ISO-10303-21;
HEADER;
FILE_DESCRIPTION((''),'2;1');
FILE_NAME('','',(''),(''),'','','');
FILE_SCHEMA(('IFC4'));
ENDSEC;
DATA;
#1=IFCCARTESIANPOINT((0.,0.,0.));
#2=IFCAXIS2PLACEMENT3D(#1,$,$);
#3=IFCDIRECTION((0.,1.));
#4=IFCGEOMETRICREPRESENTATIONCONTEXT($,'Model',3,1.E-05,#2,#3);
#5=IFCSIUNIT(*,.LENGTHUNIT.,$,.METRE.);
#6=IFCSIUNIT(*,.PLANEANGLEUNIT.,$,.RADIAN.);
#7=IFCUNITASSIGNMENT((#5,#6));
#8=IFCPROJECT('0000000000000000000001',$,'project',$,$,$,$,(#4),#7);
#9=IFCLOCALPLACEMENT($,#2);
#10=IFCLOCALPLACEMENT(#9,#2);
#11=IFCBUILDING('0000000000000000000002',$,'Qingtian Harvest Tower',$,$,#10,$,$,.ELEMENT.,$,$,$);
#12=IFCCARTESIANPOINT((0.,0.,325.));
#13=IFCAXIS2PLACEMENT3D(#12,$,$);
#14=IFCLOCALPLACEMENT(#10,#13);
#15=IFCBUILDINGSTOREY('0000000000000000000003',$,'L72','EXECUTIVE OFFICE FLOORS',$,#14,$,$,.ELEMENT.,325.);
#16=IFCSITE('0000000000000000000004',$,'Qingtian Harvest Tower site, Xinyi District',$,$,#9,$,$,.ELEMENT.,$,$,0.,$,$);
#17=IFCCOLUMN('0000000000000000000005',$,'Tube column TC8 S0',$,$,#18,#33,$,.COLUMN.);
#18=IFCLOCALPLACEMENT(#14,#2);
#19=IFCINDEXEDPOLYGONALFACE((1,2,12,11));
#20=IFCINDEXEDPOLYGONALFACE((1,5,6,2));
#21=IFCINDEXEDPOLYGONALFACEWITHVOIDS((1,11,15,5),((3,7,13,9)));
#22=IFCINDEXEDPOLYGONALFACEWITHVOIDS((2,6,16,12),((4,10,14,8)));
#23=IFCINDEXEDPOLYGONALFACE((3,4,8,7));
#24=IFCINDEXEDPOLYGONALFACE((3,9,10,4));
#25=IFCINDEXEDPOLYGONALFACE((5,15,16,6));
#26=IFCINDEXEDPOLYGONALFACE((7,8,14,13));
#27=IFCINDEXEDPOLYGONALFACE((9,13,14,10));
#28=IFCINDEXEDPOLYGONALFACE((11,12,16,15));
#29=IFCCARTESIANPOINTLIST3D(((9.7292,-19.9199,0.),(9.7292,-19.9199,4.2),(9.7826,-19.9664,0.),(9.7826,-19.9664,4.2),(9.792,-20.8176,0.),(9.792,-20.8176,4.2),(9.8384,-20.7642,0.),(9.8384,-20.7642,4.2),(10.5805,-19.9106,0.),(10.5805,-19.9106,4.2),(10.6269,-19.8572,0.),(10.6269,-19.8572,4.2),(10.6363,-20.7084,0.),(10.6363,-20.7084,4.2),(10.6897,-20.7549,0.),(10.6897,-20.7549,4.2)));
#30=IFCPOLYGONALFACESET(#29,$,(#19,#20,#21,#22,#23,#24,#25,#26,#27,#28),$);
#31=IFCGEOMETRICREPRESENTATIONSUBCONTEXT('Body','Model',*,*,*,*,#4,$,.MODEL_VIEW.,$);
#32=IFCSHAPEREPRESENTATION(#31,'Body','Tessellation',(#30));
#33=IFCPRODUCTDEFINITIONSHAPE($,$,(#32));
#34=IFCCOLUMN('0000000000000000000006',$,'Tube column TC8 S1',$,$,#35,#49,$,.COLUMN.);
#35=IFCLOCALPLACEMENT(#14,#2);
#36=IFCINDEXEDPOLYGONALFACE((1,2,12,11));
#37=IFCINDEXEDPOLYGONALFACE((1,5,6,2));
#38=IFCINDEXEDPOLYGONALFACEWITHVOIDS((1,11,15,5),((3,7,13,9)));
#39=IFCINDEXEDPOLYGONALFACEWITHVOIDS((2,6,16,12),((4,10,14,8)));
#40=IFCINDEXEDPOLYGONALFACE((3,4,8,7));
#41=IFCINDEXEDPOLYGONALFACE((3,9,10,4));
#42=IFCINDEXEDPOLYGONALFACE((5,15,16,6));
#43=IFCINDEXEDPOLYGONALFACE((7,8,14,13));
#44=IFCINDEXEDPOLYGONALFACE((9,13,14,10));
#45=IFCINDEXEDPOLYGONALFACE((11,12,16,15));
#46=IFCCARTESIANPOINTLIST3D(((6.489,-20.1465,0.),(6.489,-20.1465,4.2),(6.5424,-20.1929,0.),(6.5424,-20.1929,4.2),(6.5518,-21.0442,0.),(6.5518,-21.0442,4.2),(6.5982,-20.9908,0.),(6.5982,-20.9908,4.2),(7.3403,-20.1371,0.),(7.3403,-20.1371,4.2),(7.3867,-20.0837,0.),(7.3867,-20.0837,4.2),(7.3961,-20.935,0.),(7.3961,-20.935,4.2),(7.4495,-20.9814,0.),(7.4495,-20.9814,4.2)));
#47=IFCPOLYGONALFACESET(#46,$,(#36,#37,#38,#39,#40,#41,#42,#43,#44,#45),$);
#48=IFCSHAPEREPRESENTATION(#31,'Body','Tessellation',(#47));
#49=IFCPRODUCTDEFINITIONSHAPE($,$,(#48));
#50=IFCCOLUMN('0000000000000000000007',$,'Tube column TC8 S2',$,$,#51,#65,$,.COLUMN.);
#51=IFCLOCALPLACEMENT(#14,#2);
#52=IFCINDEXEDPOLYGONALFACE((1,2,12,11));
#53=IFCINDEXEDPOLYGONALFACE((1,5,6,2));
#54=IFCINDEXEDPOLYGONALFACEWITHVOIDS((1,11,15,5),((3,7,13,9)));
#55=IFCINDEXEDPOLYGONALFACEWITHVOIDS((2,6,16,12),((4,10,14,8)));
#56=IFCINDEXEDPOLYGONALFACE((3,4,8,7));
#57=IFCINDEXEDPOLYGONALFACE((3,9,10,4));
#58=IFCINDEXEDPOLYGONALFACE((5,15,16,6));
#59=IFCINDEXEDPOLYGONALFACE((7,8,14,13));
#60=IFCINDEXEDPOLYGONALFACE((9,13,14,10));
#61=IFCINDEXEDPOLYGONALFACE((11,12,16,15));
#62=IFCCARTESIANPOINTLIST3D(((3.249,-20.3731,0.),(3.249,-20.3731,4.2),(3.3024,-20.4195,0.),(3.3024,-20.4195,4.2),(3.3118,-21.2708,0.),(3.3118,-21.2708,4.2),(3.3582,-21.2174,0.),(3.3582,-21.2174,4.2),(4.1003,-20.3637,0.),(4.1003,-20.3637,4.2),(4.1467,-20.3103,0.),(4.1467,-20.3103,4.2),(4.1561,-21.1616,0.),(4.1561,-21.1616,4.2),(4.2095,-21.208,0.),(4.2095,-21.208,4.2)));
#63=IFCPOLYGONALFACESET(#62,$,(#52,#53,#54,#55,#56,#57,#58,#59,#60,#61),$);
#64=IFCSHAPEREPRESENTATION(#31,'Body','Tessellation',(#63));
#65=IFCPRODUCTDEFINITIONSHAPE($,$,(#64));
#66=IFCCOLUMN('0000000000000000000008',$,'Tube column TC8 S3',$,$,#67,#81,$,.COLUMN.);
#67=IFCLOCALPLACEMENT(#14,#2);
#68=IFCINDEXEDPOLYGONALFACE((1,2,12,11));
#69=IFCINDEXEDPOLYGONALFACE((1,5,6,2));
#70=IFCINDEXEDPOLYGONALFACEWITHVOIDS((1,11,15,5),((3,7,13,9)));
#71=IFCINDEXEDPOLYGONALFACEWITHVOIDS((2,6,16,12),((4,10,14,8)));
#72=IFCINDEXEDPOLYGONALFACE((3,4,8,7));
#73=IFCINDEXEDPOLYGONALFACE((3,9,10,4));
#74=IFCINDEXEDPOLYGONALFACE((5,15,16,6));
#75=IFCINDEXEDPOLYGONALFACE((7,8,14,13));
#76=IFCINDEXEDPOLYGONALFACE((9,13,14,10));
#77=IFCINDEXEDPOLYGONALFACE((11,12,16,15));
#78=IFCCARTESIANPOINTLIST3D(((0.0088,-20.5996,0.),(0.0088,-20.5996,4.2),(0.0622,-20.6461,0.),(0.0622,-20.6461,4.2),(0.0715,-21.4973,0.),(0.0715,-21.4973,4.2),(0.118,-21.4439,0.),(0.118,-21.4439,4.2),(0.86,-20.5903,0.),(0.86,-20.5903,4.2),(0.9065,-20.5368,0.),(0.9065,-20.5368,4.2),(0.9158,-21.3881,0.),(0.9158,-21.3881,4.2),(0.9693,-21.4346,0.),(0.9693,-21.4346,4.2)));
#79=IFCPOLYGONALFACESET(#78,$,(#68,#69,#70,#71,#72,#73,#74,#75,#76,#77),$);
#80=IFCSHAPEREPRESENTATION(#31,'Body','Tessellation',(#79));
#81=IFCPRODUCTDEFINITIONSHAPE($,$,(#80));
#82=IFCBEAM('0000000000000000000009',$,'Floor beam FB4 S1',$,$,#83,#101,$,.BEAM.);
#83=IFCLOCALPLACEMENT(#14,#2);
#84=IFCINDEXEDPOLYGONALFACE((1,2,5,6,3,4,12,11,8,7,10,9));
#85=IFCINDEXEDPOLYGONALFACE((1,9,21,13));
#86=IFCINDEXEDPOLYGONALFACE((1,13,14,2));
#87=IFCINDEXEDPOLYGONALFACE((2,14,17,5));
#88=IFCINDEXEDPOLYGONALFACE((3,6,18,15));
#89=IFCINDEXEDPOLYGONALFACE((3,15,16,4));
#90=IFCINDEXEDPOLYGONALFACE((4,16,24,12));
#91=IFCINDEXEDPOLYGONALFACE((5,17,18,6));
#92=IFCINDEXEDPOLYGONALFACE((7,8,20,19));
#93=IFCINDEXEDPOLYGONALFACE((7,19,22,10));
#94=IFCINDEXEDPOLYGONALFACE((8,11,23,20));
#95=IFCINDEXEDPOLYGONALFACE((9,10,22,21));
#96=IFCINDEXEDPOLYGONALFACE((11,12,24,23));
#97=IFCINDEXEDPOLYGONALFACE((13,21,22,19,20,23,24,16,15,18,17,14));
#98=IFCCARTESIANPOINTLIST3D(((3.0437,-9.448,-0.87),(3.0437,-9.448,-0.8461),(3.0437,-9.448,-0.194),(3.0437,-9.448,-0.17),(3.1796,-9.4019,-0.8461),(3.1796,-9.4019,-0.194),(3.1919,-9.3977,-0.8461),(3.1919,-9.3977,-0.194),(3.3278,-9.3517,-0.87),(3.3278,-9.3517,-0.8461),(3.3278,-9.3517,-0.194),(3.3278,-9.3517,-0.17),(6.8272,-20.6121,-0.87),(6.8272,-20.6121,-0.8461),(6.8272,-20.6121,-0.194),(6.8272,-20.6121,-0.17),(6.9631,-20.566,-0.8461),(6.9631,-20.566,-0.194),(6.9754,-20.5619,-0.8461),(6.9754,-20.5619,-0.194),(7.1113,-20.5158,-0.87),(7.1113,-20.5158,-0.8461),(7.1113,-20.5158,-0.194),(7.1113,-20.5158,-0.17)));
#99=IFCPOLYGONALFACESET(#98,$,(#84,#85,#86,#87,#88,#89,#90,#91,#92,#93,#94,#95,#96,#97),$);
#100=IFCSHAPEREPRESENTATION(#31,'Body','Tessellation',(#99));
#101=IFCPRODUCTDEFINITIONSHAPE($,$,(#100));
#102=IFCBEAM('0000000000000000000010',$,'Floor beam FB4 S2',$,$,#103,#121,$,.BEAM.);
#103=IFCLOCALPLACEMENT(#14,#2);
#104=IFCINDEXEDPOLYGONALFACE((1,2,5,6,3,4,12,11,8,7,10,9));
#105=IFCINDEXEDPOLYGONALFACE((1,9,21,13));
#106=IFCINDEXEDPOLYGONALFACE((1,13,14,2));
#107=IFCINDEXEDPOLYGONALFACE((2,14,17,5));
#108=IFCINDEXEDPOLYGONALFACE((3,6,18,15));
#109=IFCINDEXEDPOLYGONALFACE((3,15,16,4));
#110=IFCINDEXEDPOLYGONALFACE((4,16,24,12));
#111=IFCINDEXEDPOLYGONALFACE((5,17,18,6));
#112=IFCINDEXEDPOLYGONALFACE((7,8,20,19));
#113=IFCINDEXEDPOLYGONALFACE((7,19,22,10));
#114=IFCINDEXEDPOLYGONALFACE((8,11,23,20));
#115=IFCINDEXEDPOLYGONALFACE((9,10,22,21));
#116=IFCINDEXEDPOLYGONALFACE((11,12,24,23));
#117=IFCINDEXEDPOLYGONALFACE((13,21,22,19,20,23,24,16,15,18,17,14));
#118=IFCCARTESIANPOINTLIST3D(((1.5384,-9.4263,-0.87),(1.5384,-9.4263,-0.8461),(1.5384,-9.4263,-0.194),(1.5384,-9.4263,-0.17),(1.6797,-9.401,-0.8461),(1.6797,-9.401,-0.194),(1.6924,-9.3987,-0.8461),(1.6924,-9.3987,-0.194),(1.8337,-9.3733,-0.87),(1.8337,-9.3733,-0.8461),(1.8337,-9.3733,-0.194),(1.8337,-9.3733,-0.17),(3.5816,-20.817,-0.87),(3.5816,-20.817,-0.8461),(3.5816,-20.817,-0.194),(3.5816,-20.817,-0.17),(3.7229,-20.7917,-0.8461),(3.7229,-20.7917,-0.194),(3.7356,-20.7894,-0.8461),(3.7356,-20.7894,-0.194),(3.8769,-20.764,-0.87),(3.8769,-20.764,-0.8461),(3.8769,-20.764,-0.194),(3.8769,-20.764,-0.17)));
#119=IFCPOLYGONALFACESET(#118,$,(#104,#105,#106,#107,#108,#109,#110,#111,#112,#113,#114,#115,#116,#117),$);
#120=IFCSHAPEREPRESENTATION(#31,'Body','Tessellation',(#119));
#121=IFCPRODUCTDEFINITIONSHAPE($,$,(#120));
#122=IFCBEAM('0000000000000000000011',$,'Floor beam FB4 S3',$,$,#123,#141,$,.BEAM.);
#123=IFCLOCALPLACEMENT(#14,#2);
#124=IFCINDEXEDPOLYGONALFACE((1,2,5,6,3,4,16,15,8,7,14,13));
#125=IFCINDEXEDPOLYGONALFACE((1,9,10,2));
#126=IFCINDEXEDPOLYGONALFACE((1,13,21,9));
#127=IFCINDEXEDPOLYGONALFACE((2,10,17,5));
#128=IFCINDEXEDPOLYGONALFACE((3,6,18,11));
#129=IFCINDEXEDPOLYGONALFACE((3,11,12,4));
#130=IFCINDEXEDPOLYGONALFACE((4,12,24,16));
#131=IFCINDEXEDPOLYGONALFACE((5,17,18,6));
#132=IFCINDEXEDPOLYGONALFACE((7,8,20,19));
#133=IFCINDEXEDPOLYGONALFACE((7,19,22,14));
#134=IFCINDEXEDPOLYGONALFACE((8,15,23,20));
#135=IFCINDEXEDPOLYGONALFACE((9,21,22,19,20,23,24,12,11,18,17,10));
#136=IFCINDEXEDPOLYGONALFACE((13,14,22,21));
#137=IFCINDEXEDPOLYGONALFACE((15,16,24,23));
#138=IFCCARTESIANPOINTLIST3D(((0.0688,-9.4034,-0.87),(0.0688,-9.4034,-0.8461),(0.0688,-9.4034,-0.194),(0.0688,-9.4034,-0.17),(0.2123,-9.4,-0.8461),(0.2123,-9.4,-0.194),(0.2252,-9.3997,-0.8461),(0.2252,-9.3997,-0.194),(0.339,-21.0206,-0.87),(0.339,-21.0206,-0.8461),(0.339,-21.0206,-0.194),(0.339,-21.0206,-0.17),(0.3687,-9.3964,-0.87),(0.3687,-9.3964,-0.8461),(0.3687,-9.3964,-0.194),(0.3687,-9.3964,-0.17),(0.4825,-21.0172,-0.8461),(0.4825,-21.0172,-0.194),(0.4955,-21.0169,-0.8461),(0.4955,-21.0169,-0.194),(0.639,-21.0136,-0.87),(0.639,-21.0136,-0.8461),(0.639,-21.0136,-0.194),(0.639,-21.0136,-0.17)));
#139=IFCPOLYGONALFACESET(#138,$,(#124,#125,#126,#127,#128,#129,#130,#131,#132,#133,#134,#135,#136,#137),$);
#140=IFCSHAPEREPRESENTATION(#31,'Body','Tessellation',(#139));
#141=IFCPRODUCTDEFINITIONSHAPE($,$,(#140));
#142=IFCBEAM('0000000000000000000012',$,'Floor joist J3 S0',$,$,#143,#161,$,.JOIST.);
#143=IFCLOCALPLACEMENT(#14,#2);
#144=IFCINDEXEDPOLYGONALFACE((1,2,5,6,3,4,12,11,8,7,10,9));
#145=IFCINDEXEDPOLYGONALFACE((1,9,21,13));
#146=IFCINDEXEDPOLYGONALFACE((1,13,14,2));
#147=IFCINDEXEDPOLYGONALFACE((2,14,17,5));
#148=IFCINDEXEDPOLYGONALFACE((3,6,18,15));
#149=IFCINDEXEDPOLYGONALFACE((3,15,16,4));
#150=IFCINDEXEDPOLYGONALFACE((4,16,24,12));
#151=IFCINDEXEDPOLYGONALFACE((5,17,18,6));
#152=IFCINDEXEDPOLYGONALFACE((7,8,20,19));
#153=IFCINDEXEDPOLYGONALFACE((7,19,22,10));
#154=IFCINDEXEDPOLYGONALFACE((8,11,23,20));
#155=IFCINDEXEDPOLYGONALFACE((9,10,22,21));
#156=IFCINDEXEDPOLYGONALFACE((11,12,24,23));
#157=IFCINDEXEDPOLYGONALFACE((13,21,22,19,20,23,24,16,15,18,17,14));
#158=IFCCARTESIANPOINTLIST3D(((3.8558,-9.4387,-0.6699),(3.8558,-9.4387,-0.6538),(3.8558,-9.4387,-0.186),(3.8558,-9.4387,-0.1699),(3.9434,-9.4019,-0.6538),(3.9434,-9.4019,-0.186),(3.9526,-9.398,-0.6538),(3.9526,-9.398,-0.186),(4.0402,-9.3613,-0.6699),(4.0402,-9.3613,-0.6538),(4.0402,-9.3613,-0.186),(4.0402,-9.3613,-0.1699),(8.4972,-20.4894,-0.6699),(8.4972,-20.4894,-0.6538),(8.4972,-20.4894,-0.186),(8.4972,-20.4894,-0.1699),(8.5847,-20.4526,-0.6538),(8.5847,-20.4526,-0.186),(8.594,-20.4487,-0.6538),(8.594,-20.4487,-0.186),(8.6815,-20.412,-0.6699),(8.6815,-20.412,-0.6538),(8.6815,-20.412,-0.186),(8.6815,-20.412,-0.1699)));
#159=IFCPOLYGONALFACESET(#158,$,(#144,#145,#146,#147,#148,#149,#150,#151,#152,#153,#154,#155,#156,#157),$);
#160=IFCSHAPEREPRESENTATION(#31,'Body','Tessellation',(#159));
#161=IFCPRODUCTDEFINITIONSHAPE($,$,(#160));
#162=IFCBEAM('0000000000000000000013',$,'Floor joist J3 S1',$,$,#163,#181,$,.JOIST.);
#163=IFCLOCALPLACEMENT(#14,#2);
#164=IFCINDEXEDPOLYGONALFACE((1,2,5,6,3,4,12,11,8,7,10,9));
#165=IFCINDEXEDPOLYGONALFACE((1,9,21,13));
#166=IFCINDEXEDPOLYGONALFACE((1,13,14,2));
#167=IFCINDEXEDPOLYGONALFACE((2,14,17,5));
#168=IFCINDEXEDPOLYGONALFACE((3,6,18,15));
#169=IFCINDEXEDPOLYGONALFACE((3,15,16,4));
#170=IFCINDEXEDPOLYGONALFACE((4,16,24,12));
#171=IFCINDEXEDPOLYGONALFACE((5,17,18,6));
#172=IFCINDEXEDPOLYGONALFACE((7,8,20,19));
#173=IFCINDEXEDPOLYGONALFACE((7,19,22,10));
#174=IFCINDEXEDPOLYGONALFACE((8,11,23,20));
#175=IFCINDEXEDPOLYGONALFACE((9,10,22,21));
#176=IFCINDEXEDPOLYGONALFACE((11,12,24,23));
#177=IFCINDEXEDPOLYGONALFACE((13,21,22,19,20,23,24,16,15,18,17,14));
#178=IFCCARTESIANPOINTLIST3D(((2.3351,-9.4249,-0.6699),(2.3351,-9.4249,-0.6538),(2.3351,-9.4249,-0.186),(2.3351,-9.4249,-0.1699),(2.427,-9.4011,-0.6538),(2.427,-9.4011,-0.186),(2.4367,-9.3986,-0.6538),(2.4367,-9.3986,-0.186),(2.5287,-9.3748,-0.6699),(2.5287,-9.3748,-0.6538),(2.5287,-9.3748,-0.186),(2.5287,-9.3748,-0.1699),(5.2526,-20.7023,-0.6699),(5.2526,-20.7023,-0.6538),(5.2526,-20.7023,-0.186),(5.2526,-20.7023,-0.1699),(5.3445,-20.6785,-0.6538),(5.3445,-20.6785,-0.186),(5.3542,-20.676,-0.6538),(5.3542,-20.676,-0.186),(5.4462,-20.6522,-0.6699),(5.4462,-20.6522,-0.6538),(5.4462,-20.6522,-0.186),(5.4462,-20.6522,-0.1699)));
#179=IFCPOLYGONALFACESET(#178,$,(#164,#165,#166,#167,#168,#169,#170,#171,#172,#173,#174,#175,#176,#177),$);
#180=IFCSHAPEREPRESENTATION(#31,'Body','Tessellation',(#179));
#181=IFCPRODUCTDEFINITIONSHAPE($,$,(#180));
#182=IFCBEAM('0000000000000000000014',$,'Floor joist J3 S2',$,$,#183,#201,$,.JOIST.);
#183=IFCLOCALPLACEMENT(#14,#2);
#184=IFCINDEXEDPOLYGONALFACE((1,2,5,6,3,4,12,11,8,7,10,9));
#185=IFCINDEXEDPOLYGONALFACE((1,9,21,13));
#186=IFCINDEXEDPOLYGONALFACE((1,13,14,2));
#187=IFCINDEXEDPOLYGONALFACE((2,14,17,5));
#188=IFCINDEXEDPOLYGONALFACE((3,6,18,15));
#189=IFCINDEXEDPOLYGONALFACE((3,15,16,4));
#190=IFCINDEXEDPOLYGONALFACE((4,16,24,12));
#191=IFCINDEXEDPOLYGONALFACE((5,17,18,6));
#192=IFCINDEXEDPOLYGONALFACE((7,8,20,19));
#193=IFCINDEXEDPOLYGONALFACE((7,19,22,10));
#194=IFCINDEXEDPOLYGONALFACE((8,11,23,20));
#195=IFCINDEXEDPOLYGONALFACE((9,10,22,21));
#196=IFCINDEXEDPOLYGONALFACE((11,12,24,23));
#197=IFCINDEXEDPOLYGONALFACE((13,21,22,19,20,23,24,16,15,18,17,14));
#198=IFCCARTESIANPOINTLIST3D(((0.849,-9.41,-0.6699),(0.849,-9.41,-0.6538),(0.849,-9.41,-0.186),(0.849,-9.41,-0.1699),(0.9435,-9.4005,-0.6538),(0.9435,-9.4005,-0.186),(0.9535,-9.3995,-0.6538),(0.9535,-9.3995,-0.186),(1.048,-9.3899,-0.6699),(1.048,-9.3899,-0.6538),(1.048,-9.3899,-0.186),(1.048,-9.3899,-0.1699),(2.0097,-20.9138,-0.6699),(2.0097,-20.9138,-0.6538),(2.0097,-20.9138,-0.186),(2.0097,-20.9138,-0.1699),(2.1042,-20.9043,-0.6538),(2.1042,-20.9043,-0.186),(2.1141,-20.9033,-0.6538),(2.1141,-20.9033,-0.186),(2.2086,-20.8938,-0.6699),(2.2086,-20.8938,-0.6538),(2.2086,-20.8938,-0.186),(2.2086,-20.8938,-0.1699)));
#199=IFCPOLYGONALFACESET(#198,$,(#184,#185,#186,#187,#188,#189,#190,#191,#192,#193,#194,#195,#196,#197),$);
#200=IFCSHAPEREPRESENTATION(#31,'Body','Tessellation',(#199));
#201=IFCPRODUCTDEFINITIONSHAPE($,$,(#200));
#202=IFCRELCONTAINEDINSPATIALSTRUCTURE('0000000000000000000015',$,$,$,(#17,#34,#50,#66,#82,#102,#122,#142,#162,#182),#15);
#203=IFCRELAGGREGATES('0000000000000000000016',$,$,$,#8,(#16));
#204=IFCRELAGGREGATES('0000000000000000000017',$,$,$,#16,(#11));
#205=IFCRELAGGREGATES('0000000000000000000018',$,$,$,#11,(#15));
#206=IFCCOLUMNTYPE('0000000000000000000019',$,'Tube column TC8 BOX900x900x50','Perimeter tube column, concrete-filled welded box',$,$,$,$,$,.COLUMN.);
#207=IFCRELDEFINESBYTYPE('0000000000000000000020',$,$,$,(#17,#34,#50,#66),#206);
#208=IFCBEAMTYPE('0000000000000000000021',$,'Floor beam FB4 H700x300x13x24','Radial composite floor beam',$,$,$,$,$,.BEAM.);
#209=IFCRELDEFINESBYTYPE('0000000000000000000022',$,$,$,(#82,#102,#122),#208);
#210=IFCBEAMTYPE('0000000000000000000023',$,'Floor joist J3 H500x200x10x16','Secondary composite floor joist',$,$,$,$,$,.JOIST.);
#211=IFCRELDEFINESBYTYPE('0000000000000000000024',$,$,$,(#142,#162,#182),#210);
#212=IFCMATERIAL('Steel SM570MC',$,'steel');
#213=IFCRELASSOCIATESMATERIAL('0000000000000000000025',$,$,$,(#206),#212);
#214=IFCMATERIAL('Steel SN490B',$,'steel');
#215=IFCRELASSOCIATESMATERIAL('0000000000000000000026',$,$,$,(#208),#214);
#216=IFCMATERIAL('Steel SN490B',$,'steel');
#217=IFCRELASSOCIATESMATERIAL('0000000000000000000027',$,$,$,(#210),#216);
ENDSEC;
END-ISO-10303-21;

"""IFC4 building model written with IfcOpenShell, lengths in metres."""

from ifc_helpers import new_model, si_unit, direction, frame, origin, origin_2d, place, context, subcontext, project, spatial, hollow_rectangle, i_section, extrude, material, material_profile, profile_set, type_object, element, save


model = new_model("IFC4")

# Units and contexts
model_context = context("Model", 3, precision=1e-05, world=origin(), true_north=direction((0.0, 1.0)))
body_context = subcontext(model_context, "Body", "Model", "MODEL_VIEW")
ifc_project = project(units=[si_unit("LENGTHUNIT", "METRE"), si_unit("PLANEANGLEUNIT", "RADIAN")], contexts=[model_context])

# Site, building, storey
site_placement = place(None, origin())
site = spatial("IfcSite", under=ifc_project, at=site_placement, Name="Qingtian Harvest Tower site, Xinyi District", CompositionType="ELEMENT", RefElevation=0.0)
building_placement = place(site_placement, origin())
building = spatial("IfcBuilding", under=site, at=building_placement, Name="Qingtian Harvest Tower", CompositionType="ELEMENT")
storey_placement = place(building_placement, frame((0.0, 0.0, 325.0)))
storey = spatial("IfcBuildingStorey", under=building, at=storey_placement, Name="L72", Description="EXECUTIVE OFFICE FLOORS", CompositionType="ELEMENT", Elevation=325.0)

# Columns
ifc_material_1 = material(Name="Steel SM570MC", Category="steel")
ifc_material_profile_1 = material_profile(ifc_material_1, hollow_rectangle(XDim=0.8999, YDim=0.8999, WallThickness=0.05, at=origin_2d()), Name="BOX900x900x50")
ifc_profile_set_1 = profile_set([ifc_material_profile_1], Name="Steel SM570MC")
column_type = type_object("IfcColumnType", Name="Tube column TC8 BOX900x900x50", Description="Perimeter tube column, concrete-filled welded box", PredefinedType="COLUMN", material=ifc_profile_set_1)
for number, where, z_axis, x_axis, name in (
    (1, (10.2095, -20.3374, 0.0), (0.0, 0.0, 1.0), (0.997564, 0.069756, 0.0), "Tube column TC8 S0"),
    (2, (6.9692, -20.564, 0.0), (0.0, 0.0, 1.0), (0.997564, 0.069756, 0.0), "Tube column TC8 S1"),
    (3, (3.7292, -20.7905, 0.0), (0.0, 0.0, 1.0), (0.997564, 0.069756, 0.0), "Tube column TC8 S2"),
    (4, (0.489, -21.0171, 0.0), (0.0, 0.0, 1.0), (0.997564, 0.069756, 0.0), "Tube column TC8 S3"),
):
    element("IfcColumn", number, at=place(storey_placement, frame(where, z_axis=z_axis, x_axis=x_axis)), inside=storey, type_object=column_type, Name=name, PredefinedType="COLUMN", context=body_context, shape_type="SweptSolid", body=[
        extrude(hollow_rectangle(XDim=0.8999, YDim=0.8999, WallThickness=0.05, at=origin_2d()), origin(), (0.0, 0.0, 1.0), 4.2),
    ])

# Beams
ifc_material_2 = material(Name="Steel SN490B", Category="steel")
ifc_material_profile_2 = material_profile(ifc_material_2, i_section(OverallWidth=0.3, OverallDepth=0.7, WebThickness=0.0129, FlangeThickness=0.0239, at=origin_2d()), Name="H700x300x13x24")
ifc_profile_set_2 = profile_set([ifc_material_profile_2], Name="Steel SN490B")
beam_type_1 = type_object("IfcBeamType", Name="Floor beam FB4 H700x300x13x24", Description="Radial composite floor beam", PredefinedType="BEAM", material=ifc_profile_set_2)
beam_1_placement = place(storey_placement, frame((6.9692, -20.564, -0.52), z_axis=(-0.320965, 0.947091, 0.0), x_axis=(-0.947091, -0.320965, 0.0)))
element("IfcBeam", 5, at=beam_1_placement, inside=storey, type_object=beam_type_1, Name="Floor beam FB4 S1", PredefinedType="BEAM", context=body_context, shape_type="SweptSolid", body=[
    extrude(i_section(OverallWidth=0.3, OverallDepth=0.7, WebThickness=0.0129, FlangeThickness=0.0239, at=origin_2d()), origin(), (0.0, 0.0, 1.0), 11.7878),
])
beam_2_placement = place(storey_placement, frame((3.7292, -20.7905, -0.52), z_axis=(-0.176559, 0.98429, 0.0), x_axis=(-0.98429, -0.176559, 0.0)))
element("IfcBeam", 6, at=beam_2_placement, inside=storey, type_object=beam_type_1, Name="Floor beam FB4 S2", PredefinedType="BEAM", context=body_context, shape_type="SweptSolid", body=[
    extrude(i_section(OverallWidth=0.3, OverallDepth=0.7, WebThickness=0.0129, FlangeThickness=0.0239, at=origin_2d()), origin(), (0.0, 0.0, 1.0), 11.5725),
])
beam_3_placement = place(storey_placement, frame((0.489, -21.0171, -0.52), z_axis=(-0.023258, 0.99973, 0.0), x_axis=(-0.99973, -0.023258, 0.0)))
element("IfcBeam", 7, at=beam_3_placement, inside=storey, type_object=beam_type_1, Name="Floor beam FB4 S3", PredefinedType="BEAM", context=body_context, shape_type="SweptSolid", body=[
    extrude(i_section(OverallWidth=0.3, OverallDepth=0.7, WebThickness=0.0129, FlangeThickness=0.0239, at=origin_2d()), origin(), (0.0, 0.0, 1.0), 11.6204),
])
ifc_material_3 = material(Name="Steel SN490B", Category="steel")
ifc_material_profile_3 = material_profile(ifc_material_3, i_section(OverallWidth=0.2, OverallDepth=0.5, WebThickness=0.01, FlangeThickness=0.0161, at=origin_2d()), Name="H500x200x10x16")
ifc_profile_set_3 = profile_set([ifc_material_profile_3], Name="Steel SN490B")
beam_type_2 = type_object("IfcBeamType", Name="Floor joist J3 H500x200x10x16", Description="Secondary composite floor joist", PredefinedType="JOIST", material=ifc_profile_set_3)
beam_4_placement = place(storey_placement, frame((8.5894, -20.4507, -0.4199), z_axis=(-0.387235, 0.921981, 0.0), x_axis=(-0.921981, -0.387235, 0.0)))
element("IfcBeam", 8, at=beam_4_placement, inside=storey, type_object=beam_type_2, Name="Floor joist J3 S0", PredefinedType="JOIST", context=body_context, shape_type="SweptSolid", body=[
    extrude(i_section(OverallWidth=0.2, OverallDepth=0.5, WebThickness=0.01, FlangeThickness=0.0161, at=origin_2d()), origin(), (0.0, 0.0, 1.0), 11.9858),
])
beam_5_placement = place(storey_placement, frame((5.3494, -20.6772, -0.4199), z_axis=(-0.250457, 0.968128, 0.0), x_axis=(-0.968128, -0.250457, 0.0)))
element("IfcBeam", 9, at=beam_5_placement, inside=storey, type_object=beam_type_2, Name="Floor joist J3 S1", PredefinedType="JOIST", context=body_context, shape_type="SweptSolid", body=[
    extrude(i_section(OverallWidth=0.2, OverallDepth=0.5, WebThickness=0.01, FlangeThickness=0.0161, at=origin_2d()), origin(), (0.0, 0.0, 1.0), 11.6487),
])
beam_6_placement = place(storey_placement, frame((2.1091, -20.9038, -0.4199), z_axis=(-0.100382, 0.994949, 0.0), x_axis=(-0.994949, -0.100382, 0.0)))
element("IfcBeam", 10, at=beam_6_placement, inside=storey, type_object=beam_type_2, Name="Floor joist J3 S2", PredefinedType="JOIST", context=body_context, shape_type="SweptSolid", body=[
    extrude(i_section(OverallWidth=0.2, OverallDepth=0.5, WebThickness=0.01, FlangeThickness=0.0161, at=origin_2d()), origin(), (0.0, 0.0, 1.0), 11.5623),
])

save(model, "model.ifc")
